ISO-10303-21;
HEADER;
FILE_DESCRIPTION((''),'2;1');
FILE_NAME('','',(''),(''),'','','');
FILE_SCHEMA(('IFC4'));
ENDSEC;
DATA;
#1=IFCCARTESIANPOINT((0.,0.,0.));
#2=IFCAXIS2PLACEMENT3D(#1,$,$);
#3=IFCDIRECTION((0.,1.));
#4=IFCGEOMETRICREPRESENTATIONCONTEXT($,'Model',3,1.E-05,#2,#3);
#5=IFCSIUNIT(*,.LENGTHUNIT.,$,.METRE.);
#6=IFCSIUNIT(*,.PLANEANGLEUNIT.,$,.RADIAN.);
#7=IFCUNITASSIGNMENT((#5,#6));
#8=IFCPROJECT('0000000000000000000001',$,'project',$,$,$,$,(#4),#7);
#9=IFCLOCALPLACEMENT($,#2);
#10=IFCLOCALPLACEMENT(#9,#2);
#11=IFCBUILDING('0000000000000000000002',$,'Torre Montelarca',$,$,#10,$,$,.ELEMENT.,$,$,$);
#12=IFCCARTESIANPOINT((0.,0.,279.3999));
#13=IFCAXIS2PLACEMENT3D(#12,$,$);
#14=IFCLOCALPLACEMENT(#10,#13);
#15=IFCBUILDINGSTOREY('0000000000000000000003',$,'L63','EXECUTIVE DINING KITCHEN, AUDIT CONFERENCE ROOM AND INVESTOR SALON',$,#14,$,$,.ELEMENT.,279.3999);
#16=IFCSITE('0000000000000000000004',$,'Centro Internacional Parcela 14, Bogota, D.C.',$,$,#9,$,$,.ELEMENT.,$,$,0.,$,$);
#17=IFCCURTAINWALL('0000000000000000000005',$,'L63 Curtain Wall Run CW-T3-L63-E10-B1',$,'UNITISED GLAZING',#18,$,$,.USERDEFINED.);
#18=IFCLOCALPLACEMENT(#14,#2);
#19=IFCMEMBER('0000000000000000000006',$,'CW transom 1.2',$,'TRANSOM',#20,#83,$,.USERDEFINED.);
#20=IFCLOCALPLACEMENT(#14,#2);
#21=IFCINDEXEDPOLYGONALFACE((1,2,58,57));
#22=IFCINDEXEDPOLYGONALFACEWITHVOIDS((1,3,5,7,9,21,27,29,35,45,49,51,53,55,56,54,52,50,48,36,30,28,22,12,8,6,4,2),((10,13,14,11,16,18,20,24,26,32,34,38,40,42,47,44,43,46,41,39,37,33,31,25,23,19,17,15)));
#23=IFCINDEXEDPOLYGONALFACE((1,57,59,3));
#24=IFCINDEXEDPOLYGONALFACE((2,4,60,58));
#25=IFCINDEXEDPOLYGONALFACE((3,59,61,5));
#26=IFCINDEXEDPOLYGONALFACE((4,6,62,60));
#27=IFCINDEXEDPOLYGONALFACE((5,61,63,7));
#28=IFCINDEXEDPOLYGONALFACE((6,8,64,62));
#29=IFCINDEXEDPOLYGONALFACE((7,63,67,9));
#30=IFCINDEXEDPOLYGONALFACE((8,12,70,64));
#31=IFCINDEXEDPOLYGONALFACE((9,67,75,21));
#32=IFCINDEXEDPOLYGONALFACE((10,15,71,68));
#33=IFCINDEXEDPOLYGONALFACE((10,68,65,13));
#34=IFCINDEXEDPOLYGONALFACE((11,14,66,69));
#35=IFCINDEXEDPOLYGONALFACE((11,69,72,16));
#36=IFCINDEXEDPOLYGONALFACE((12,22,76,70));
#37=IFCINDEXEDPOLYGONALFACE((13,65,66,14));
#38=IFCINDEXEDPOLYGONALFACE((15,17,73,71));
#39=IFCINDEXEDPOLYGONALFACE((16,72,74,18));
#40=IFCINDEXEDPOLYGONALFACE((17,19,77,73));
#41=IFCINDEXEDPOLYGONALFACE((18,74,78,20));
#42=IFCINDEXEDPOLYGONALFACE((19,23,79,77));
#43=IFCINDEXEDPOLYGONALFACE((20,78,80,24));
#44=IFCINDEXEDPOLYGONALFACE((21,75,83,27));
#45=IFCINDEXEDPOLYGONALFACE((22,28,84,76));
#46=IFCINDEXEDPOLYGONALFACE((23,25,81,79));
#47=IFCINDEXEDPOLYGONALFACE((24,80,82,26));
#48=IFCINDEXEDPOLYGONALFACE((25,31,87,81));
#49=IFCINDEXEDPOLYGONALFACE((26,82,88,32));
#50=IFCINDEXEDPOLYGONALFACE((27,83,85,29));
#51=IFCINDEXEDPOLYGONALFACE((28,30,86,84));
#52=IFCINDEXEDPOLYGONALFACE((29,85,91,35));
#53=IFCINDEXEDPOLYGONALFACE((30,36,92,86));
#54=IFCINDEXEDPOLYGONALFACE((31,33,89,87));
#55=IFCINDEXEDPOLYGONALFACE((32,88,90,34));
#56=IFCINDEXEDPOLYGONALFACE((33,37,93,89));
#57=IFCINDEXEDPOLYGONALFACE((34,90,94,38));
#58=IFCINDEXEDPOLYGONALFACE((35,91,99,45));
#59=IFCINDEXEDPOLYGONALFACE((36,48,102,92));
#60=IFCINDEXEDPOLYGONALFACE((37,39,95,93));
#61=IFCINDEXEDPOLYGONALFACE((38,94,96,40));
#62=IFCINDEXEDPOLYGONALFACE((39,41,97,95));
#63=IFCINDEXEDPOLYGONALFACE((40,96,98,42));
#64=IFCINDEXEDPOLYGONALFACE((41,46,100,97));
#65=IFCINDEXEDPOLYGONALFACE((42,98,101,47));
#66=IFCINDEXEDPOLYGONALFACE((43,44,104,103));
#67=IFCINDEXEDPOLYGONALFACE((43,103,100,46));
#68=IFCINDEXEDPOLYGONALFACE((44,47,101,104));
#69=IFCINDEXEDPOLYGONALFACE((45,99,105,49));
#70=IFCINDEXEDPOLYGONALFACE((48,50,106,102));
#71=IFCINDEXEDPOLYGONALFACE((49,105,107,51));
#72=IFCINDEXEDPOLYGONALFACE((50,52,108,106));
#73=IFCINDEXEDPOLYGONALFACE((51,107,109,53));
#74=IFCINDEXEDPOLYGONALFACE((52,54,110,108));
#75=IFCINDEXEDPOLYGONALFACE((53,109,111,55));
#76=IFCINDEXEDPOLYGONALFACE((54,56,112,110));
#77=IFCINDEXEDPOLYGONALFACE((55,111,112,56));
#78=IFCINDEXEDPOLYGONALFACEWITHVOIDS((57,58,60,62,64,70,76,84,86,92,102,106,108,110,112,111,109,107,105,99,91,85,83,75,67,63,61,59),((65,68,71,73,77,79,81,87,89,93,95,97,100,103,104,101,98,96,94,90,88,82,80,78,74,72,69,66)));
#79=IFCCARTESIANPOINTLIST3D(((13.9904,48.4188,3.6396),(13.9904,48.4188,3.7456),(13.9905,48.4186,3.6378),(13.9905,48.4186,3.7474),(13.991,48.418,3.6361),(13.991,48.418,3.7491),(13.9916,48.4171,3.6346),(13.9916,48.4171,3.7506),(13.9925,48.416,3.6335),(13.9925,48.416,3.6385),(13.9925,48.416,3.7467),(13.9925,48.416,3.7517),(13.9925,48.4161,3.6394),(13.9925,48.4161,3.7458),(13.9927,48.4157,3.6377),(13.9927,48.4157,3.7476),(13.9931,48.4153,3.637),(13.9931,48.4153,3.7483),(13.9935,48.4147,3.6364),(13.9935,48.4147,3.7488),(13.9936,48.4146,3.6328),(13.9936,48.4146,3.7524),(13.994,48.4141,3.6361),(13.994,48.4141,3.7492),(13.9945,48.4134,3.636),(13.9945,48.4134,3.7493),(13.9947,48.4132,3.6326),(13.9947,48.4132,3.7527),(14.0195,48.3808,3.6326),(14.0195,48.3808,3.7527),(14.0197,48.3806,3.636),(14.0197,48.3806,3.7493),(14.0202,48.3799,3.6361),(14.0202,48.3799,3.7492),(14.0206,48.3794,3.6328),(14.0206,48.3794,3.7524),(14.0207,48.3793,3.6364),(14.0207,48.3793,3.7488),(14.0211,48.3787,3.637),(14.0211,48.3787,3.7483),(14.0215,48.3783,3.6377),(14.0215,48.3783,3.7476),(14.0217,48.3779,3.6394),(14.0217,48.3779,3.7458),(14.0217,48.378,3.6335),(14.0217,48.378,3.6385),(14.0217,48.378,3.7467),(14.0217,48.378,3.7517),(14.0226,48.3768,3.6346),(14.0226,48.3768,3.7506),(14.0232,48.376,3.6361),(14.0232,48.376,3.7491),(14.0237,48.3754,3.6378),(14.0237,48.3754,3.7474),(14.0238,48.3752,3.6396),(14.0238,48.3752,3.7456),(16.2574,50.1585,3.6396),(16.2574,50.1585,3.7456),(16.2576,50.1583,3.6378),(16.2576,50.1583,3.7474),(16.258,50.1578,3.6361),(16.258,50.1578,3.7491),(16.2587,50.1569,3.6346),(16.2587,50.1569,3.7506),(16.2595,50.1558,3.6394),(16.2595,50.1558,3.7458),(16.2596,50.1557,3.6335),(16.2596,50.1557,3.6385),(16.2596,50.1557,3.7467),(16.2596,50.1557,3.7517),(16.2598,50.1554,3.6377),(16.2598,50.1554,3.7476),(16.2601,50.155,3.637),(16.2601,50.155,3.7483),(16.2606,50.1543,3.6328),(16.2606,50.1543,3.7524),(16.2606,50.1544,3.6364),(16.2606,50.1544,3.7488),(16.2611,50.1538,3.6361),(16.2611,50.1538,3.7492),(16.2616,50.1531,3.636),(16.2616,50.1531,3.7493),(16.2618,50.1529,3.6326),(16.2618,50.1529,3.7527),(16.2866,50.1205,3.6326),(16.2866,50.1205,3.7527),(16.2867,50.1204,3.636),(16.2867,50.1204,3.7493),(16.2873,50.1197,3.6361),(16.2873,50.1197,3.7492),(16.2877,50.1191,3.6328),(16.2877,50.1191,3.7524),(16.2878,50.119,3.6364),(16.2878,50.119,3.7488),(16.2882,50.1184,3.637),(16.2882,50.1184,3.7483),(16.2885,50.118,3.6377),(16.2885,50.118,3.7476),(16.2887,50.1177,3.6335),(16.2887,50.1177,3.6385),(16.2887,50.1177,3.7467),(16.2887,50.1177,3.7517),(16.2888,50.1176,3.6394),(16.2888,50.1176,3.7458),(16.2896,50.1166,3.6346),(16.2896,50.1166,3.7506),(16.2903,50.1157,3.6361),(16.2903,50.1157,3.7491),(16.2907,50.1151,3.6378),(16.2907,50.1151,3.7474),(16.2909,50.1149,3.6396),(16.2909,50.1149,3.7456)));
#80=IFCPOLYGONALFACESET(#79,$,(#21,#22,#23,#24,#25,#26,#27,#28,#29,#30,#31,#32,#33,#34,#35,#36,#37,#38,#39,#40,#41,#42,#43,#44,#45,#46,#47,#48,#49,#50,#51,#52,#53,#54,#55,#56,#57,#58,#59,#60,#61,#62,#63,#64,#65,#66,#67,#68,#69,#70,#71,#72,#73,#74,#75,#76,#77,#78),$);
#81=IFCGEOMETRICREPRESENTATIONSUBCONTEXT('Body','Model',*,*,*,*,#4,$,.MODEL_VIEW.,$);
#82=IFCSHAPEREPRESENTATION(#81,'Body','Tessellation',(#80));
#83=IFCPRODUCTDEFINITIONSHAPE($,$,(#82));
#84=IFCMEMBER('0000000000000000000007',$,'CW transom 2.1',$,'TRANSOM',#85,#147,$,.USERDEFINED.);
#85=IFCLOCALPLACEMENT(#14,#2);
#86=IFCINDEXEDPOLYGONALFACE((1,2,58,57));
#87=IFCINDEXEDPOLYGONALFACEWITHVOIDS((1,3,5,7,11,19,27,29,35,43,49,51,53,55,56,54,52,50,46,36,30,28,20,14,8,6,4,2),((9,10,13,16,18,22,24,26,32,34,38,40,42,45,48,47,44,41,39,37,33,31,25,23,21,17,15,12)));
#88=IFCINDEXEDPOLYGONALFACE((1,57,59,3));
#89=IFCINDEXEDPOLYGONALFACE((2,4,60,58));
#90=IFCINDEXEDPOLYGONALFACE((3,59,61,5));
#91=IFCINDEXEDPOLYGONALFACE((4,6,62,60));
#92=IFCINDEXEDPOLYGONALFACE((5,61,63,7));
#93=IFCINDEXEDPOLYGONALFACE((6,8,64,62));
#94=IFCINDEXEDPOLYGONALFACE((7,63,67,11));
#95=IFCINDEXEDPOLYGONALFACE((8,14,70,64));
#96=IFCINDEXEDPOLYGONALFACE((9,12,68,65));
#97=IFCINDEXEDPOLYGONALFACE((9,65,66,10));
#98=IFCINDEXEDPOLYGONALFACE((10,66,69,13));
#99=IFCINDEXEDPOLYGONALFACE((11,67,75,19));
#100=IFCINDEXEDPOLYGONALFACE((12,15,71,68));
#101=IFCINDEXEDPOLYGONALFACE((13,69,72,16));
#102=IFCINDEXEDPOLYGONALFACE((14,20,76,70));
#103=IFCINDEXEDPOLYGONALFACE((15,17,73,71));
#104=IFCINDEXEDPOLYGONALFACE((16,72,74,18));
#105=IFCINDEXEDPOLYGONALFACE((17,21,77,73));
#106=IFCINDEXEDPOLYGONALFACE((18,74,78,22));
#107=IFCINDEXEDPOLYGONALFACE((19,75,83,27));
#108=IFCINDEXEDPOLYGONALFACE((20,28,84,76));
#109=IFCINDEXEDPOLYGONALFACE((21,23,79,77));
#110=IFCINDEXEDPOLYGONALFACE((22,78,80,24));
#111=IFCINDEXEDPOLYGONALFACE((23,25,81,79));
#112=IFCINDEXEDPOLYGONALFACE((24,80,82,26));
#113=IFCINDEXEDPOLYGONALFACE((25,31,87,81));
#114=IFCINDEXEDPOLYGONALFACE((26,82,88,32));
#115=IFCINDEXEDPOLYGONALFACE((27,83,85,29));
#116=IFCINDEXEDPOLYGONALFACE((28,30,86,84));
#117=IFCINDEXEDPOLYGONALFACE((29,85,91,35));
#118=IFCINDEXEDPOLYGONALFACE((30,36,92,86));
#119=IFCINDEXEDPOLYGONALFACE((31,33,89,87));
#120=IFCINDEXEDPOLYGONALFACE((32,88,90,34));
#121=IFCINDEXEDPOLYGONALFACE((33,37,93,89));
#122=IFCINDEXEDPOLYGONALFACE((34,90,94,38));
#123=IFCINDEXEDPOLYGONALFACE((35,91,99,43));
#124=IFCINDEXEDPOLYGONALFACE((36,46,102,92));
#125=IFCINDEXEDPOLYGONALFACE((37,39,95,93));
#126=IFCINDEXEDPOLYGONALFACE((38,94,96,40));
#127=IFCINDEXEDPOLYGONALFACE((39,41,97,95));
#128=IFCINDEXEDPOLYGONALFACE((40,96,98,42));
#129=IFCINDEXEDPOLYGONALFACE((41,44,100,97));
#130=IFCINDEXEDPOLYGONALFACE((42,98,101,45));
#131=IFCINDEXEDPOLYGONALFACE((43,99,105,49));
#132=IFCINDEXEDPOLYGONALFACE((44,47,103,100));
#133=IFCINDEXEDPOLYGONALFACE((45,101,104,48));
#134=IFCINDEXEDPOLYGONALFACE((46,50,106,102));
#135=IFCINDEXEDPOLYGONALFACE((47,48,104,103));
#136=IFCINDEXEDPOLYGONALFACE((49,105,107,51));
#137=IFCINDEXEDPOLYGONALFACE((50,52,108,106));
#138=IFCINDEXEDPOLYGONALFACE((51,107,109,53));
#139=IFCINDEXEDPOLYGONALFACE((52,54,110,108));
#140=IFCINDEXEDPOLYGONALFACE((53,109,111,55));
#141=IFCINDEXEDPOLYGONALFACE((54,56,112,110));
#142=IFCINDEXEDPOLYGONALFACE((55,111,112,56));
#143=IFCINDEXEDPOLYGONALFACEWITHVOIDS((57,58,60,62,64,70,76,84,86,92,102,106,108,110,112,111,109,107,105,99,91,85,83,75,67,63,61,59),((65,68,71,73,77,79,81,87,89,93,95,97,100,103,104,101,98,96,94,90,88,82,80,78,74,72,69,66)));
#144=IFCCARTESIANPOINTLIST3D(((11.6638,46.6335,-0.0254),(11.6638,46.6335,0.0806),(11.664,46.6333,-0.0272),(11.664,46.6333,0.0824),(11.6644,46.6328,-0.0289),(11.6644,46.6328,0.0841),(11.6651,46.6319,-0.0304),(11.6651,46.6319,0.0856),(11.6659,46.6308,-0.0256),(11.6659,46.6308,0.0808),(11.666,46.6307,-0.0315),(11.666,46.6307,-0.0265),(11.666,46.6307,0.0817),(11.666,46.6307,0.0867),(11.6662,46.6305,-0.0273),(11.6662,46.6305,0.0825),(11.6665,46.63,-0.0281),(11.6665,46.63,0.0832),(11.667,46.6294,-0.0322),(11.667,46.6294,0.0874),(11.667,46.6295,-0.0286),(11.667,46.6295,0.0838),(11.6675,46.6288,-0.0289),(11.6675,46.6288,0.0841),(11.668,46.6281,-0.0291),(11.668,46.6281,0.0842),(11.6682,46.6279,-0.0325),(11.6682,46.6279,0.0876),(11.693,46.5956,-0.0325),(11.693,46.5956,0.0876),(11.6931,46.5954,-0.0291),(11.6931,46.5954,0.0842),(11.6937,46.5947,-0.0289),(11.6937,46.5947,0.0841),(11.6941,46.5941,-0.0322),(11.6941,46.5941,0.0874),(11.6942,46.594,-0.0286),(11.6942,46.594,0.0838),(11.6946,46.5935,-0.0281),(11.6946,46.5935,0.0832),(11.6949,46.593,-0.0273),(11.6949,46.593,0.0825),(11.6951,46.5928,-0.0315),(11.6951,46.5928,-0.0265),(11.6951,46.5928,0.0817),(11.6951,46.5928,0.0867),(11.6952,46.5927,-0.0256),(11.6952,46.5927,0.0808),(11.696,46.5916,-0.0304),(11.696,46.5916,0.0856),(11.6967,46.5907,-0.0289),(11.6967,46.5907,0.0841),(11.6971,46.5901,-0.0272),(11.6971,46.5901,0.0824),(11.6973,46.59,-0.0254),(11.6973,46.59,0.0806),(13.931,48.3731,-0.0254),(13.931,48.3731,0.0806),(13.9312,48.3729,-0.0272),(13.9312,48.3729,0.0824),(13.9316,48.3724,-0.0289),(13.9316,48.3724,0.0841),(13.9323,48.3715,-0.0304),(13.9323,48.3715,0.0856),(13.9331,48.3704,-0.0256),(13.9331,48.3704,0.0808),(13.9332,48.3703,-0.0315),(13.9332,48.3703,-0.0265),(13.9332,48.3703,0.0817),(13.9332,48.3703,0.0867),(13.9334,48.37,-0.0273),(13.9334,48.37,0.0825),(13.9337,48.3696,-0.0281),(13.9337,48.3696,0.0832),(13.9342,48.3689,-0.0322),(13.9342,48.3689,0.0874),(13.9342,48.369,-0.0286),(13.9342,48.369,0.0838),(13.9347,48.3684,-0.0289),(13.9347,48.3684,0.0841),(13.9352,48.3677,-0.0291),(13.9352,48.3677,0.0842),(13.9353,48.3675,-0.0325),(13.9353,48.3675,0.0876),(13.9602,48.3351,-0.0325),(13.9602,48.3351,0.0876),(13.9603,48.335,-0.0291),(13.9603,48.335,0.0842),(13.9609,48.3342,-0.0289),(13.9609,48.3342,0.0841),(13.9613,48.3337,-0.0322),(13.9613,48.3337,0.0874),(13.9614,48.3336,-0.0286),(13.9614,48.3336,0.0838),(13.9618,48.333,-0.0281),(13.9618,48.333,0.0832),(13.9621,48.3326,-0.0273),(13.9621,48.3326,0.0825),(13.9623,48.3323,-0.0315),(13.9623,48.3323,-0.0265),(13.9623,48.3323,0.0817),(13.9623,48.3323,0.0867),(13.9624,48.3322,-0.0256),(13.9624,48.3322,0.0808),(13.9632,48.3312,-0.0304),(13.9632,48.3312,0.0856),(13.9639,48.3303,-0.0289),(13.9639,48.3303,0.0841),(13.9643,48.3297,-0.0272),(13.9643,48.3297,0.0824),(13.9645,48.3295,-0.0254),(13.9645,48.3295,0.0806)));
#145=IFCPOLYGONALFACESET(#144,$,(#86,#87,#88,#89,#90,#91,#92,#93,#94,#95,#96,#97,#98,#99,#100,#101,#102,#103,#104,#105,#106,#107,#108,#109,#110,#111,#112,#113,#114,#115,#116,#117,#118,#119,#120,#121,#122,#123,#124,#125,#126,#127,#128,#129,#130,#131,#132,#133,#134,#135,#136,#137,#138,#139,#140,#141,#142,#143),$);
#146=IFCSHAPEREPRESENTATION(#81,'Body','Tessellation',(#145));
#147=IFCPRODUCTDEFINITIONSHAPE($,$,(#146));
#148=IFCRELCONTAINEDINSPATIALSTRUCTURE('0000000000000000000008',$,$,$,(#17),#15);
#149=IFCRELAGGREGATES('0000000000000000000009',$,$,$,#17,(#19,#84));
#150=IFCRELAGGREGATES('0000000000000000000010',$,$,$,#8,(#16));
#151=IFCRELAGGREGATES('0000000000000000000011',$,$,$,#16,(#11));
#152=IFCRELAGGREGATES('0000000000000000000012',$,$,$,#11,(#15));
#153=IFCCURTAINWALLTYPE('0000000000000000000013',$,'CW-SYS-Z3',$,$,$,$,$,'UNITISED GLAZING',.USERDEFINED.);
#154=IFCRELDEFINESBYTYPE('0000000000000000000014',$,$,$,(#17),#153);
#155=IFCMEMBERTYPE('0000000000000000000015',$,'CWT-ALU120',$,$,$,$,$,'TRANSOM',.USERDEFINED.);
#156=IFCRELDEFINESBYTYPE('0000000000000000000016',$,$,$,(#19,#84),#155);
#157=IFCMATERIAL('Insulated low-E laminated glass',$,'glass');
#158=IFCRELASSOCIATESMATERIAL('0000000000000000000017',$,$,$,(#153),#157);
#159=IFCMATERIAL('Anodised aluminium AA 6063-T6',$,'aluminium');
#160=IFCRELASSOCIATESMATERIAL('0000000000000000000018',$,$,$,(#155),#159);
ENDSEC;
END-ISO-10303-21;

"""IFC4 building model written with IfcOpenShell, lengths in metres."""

from ifc_helpers import new_model, si_unit, direction, frame, origin, origin_2d, place, context, subcontext, project, spatial, hollow_rectangle, extrude, source, transform, mapped, material, material_profile, profile_set, type_object, element, aggregate, save


model = new_model("IFC4")

# Units and contexts
model_context = context("Model", 3, precision=1e-05, world=origin(), true_north=direction((0.0, 1.0)))
body_context = subcontext(model_context, "Body", "Model", "MODEL_VIEW")
ifc_project = project(units=[si_unit("LENGTHUNIT", "METRE"), si_unit("PLANEANGLEUNIT", "RADIAN")], contexts=[model_context])

# Site, building, storey
site_placement = place(None, origin())
site = spatial("IfcSite", under=ifc_project, at=site_placement, Name="Centro Internacional Parcela 14, Bogota, D.C.", CompositionType="ELEMENT", RefElevation=0.0)
building_placement = place(site_placement, origin())
building = spatial("IfcBuilding", under=site, at=building_placement, Name="Torre Montelarca", CompositionType="ELEMENT")
storey_placement = place(building_placement, frame((0.0, 0.0, 279.3999)))
storey = spatial("IfcBuildingStorey", under=building, at=storey_placement, Name="L63", Description="EXECUTIVE DINING KITCHEN, AUDIT CONFERENCE ROOM AND INVESTOR SALON", CompositionType="ELEMENT", Elevation=279.3999)

# Shared definitions
ifc_material_1 = material(Name="Insulated low-E laminated glass", Category="glass")
curtain_wall_type = type_object("IfcCurtainWallType", Name="CW-SYS-Z3", ElementType="UNITISED GLAZING", PredefinedType="USERDEFINED", material=ifc_material_1)
ifc_material_2 = material(Name="Anodised aluminium AA 6063-T6", Category="aluminium")
ifc_material_profile_1 = material_profile(ifc_material_2, hollow_rectangle(XDim=0.0549, YDim=0.1201, WallThickness=0.0034, InnerFilletRadius=0.0034, OuterFilletRadius=0.0071, at=origin_2d()), Name="ALU55X120X3.5", Category="aluminium")
ifc_profile_set_1 = profile_set([ifc_material_profile_1], Name="Anodised aluminium AA 6063-T6")
member_type_1 = type_object("IfcMemberType", Name="CWT-ALU120", ElementType="TRANSOM", PredefinedType="USERDEFINED", material=ifc_profile_set_1)

# Curtain wall, members
curtain_wall_1_placement = place(storey_placement, origin())
curtain_wall_1 = element("IfcCurtainWall", 1, at=curtain_wall_1_placement, inside=storey, type_object=curtain_wall_type, Name="L63 Curtain Wall Run CW-T3-L63-E10-B1", ObjectType="UNITISED GLAZING", PredefinedType="USERDEFINED")
shared_shape_1 = source(origin(), body_context, "Body", "SweptSolid", [
    extrude(hollow_rectangle(XDim=0.0549, YDim=0.1201, WallThickness=0.0034, InnerFilletRadius=0.0034, OuterFilletRadius=0.0071, at=origin_2d()), origin(), (0.0, 0.0, 1.0), 2.8577),
])
member_1_placement = place(storey_placement, frame((16.2742, 50.1367, 3.6926), z_axis=(-0.793329, -0.608794, 0.0), x_axis=(0.608794, -0.793329, 0.0)))
member_1 = element("IfcMember", 2, at=member_1_placement, type_object=member_type_1, Name="CW transom 1.2", ObjectType="TRANSOM", PredefinedType="USERDEFINED", context=body_context, shape_type="MappedRepresentation", body=[
    mapped(shared_shape_1, transform((0.0, 0.0, 0.0), scale=1.0)),
])
member_2_placement = place(storey_placement, frame((13.9478, 48.3513, 0.0276), z_axis=(-0.79337, -0.60874, 0.0), x_axis=(0.60874, -0.79337, 0.0)))
member_2 = element("IfcMember", 3, at=member_2_placement, type_object=member_type_1, Name="CW transom 2.1", ObjectType="TRANSOM", PredefinedType="USERDEFINED", context=body_context, shape_type="MappedRepresentation", body=[
    mapped(shared_shape_1, transform((0.0, 0.0, 0.0), scale=1.0)),
])

aggregate(curtain_wall_1, [member_1, member_2])

save(model, "model.ifc")
